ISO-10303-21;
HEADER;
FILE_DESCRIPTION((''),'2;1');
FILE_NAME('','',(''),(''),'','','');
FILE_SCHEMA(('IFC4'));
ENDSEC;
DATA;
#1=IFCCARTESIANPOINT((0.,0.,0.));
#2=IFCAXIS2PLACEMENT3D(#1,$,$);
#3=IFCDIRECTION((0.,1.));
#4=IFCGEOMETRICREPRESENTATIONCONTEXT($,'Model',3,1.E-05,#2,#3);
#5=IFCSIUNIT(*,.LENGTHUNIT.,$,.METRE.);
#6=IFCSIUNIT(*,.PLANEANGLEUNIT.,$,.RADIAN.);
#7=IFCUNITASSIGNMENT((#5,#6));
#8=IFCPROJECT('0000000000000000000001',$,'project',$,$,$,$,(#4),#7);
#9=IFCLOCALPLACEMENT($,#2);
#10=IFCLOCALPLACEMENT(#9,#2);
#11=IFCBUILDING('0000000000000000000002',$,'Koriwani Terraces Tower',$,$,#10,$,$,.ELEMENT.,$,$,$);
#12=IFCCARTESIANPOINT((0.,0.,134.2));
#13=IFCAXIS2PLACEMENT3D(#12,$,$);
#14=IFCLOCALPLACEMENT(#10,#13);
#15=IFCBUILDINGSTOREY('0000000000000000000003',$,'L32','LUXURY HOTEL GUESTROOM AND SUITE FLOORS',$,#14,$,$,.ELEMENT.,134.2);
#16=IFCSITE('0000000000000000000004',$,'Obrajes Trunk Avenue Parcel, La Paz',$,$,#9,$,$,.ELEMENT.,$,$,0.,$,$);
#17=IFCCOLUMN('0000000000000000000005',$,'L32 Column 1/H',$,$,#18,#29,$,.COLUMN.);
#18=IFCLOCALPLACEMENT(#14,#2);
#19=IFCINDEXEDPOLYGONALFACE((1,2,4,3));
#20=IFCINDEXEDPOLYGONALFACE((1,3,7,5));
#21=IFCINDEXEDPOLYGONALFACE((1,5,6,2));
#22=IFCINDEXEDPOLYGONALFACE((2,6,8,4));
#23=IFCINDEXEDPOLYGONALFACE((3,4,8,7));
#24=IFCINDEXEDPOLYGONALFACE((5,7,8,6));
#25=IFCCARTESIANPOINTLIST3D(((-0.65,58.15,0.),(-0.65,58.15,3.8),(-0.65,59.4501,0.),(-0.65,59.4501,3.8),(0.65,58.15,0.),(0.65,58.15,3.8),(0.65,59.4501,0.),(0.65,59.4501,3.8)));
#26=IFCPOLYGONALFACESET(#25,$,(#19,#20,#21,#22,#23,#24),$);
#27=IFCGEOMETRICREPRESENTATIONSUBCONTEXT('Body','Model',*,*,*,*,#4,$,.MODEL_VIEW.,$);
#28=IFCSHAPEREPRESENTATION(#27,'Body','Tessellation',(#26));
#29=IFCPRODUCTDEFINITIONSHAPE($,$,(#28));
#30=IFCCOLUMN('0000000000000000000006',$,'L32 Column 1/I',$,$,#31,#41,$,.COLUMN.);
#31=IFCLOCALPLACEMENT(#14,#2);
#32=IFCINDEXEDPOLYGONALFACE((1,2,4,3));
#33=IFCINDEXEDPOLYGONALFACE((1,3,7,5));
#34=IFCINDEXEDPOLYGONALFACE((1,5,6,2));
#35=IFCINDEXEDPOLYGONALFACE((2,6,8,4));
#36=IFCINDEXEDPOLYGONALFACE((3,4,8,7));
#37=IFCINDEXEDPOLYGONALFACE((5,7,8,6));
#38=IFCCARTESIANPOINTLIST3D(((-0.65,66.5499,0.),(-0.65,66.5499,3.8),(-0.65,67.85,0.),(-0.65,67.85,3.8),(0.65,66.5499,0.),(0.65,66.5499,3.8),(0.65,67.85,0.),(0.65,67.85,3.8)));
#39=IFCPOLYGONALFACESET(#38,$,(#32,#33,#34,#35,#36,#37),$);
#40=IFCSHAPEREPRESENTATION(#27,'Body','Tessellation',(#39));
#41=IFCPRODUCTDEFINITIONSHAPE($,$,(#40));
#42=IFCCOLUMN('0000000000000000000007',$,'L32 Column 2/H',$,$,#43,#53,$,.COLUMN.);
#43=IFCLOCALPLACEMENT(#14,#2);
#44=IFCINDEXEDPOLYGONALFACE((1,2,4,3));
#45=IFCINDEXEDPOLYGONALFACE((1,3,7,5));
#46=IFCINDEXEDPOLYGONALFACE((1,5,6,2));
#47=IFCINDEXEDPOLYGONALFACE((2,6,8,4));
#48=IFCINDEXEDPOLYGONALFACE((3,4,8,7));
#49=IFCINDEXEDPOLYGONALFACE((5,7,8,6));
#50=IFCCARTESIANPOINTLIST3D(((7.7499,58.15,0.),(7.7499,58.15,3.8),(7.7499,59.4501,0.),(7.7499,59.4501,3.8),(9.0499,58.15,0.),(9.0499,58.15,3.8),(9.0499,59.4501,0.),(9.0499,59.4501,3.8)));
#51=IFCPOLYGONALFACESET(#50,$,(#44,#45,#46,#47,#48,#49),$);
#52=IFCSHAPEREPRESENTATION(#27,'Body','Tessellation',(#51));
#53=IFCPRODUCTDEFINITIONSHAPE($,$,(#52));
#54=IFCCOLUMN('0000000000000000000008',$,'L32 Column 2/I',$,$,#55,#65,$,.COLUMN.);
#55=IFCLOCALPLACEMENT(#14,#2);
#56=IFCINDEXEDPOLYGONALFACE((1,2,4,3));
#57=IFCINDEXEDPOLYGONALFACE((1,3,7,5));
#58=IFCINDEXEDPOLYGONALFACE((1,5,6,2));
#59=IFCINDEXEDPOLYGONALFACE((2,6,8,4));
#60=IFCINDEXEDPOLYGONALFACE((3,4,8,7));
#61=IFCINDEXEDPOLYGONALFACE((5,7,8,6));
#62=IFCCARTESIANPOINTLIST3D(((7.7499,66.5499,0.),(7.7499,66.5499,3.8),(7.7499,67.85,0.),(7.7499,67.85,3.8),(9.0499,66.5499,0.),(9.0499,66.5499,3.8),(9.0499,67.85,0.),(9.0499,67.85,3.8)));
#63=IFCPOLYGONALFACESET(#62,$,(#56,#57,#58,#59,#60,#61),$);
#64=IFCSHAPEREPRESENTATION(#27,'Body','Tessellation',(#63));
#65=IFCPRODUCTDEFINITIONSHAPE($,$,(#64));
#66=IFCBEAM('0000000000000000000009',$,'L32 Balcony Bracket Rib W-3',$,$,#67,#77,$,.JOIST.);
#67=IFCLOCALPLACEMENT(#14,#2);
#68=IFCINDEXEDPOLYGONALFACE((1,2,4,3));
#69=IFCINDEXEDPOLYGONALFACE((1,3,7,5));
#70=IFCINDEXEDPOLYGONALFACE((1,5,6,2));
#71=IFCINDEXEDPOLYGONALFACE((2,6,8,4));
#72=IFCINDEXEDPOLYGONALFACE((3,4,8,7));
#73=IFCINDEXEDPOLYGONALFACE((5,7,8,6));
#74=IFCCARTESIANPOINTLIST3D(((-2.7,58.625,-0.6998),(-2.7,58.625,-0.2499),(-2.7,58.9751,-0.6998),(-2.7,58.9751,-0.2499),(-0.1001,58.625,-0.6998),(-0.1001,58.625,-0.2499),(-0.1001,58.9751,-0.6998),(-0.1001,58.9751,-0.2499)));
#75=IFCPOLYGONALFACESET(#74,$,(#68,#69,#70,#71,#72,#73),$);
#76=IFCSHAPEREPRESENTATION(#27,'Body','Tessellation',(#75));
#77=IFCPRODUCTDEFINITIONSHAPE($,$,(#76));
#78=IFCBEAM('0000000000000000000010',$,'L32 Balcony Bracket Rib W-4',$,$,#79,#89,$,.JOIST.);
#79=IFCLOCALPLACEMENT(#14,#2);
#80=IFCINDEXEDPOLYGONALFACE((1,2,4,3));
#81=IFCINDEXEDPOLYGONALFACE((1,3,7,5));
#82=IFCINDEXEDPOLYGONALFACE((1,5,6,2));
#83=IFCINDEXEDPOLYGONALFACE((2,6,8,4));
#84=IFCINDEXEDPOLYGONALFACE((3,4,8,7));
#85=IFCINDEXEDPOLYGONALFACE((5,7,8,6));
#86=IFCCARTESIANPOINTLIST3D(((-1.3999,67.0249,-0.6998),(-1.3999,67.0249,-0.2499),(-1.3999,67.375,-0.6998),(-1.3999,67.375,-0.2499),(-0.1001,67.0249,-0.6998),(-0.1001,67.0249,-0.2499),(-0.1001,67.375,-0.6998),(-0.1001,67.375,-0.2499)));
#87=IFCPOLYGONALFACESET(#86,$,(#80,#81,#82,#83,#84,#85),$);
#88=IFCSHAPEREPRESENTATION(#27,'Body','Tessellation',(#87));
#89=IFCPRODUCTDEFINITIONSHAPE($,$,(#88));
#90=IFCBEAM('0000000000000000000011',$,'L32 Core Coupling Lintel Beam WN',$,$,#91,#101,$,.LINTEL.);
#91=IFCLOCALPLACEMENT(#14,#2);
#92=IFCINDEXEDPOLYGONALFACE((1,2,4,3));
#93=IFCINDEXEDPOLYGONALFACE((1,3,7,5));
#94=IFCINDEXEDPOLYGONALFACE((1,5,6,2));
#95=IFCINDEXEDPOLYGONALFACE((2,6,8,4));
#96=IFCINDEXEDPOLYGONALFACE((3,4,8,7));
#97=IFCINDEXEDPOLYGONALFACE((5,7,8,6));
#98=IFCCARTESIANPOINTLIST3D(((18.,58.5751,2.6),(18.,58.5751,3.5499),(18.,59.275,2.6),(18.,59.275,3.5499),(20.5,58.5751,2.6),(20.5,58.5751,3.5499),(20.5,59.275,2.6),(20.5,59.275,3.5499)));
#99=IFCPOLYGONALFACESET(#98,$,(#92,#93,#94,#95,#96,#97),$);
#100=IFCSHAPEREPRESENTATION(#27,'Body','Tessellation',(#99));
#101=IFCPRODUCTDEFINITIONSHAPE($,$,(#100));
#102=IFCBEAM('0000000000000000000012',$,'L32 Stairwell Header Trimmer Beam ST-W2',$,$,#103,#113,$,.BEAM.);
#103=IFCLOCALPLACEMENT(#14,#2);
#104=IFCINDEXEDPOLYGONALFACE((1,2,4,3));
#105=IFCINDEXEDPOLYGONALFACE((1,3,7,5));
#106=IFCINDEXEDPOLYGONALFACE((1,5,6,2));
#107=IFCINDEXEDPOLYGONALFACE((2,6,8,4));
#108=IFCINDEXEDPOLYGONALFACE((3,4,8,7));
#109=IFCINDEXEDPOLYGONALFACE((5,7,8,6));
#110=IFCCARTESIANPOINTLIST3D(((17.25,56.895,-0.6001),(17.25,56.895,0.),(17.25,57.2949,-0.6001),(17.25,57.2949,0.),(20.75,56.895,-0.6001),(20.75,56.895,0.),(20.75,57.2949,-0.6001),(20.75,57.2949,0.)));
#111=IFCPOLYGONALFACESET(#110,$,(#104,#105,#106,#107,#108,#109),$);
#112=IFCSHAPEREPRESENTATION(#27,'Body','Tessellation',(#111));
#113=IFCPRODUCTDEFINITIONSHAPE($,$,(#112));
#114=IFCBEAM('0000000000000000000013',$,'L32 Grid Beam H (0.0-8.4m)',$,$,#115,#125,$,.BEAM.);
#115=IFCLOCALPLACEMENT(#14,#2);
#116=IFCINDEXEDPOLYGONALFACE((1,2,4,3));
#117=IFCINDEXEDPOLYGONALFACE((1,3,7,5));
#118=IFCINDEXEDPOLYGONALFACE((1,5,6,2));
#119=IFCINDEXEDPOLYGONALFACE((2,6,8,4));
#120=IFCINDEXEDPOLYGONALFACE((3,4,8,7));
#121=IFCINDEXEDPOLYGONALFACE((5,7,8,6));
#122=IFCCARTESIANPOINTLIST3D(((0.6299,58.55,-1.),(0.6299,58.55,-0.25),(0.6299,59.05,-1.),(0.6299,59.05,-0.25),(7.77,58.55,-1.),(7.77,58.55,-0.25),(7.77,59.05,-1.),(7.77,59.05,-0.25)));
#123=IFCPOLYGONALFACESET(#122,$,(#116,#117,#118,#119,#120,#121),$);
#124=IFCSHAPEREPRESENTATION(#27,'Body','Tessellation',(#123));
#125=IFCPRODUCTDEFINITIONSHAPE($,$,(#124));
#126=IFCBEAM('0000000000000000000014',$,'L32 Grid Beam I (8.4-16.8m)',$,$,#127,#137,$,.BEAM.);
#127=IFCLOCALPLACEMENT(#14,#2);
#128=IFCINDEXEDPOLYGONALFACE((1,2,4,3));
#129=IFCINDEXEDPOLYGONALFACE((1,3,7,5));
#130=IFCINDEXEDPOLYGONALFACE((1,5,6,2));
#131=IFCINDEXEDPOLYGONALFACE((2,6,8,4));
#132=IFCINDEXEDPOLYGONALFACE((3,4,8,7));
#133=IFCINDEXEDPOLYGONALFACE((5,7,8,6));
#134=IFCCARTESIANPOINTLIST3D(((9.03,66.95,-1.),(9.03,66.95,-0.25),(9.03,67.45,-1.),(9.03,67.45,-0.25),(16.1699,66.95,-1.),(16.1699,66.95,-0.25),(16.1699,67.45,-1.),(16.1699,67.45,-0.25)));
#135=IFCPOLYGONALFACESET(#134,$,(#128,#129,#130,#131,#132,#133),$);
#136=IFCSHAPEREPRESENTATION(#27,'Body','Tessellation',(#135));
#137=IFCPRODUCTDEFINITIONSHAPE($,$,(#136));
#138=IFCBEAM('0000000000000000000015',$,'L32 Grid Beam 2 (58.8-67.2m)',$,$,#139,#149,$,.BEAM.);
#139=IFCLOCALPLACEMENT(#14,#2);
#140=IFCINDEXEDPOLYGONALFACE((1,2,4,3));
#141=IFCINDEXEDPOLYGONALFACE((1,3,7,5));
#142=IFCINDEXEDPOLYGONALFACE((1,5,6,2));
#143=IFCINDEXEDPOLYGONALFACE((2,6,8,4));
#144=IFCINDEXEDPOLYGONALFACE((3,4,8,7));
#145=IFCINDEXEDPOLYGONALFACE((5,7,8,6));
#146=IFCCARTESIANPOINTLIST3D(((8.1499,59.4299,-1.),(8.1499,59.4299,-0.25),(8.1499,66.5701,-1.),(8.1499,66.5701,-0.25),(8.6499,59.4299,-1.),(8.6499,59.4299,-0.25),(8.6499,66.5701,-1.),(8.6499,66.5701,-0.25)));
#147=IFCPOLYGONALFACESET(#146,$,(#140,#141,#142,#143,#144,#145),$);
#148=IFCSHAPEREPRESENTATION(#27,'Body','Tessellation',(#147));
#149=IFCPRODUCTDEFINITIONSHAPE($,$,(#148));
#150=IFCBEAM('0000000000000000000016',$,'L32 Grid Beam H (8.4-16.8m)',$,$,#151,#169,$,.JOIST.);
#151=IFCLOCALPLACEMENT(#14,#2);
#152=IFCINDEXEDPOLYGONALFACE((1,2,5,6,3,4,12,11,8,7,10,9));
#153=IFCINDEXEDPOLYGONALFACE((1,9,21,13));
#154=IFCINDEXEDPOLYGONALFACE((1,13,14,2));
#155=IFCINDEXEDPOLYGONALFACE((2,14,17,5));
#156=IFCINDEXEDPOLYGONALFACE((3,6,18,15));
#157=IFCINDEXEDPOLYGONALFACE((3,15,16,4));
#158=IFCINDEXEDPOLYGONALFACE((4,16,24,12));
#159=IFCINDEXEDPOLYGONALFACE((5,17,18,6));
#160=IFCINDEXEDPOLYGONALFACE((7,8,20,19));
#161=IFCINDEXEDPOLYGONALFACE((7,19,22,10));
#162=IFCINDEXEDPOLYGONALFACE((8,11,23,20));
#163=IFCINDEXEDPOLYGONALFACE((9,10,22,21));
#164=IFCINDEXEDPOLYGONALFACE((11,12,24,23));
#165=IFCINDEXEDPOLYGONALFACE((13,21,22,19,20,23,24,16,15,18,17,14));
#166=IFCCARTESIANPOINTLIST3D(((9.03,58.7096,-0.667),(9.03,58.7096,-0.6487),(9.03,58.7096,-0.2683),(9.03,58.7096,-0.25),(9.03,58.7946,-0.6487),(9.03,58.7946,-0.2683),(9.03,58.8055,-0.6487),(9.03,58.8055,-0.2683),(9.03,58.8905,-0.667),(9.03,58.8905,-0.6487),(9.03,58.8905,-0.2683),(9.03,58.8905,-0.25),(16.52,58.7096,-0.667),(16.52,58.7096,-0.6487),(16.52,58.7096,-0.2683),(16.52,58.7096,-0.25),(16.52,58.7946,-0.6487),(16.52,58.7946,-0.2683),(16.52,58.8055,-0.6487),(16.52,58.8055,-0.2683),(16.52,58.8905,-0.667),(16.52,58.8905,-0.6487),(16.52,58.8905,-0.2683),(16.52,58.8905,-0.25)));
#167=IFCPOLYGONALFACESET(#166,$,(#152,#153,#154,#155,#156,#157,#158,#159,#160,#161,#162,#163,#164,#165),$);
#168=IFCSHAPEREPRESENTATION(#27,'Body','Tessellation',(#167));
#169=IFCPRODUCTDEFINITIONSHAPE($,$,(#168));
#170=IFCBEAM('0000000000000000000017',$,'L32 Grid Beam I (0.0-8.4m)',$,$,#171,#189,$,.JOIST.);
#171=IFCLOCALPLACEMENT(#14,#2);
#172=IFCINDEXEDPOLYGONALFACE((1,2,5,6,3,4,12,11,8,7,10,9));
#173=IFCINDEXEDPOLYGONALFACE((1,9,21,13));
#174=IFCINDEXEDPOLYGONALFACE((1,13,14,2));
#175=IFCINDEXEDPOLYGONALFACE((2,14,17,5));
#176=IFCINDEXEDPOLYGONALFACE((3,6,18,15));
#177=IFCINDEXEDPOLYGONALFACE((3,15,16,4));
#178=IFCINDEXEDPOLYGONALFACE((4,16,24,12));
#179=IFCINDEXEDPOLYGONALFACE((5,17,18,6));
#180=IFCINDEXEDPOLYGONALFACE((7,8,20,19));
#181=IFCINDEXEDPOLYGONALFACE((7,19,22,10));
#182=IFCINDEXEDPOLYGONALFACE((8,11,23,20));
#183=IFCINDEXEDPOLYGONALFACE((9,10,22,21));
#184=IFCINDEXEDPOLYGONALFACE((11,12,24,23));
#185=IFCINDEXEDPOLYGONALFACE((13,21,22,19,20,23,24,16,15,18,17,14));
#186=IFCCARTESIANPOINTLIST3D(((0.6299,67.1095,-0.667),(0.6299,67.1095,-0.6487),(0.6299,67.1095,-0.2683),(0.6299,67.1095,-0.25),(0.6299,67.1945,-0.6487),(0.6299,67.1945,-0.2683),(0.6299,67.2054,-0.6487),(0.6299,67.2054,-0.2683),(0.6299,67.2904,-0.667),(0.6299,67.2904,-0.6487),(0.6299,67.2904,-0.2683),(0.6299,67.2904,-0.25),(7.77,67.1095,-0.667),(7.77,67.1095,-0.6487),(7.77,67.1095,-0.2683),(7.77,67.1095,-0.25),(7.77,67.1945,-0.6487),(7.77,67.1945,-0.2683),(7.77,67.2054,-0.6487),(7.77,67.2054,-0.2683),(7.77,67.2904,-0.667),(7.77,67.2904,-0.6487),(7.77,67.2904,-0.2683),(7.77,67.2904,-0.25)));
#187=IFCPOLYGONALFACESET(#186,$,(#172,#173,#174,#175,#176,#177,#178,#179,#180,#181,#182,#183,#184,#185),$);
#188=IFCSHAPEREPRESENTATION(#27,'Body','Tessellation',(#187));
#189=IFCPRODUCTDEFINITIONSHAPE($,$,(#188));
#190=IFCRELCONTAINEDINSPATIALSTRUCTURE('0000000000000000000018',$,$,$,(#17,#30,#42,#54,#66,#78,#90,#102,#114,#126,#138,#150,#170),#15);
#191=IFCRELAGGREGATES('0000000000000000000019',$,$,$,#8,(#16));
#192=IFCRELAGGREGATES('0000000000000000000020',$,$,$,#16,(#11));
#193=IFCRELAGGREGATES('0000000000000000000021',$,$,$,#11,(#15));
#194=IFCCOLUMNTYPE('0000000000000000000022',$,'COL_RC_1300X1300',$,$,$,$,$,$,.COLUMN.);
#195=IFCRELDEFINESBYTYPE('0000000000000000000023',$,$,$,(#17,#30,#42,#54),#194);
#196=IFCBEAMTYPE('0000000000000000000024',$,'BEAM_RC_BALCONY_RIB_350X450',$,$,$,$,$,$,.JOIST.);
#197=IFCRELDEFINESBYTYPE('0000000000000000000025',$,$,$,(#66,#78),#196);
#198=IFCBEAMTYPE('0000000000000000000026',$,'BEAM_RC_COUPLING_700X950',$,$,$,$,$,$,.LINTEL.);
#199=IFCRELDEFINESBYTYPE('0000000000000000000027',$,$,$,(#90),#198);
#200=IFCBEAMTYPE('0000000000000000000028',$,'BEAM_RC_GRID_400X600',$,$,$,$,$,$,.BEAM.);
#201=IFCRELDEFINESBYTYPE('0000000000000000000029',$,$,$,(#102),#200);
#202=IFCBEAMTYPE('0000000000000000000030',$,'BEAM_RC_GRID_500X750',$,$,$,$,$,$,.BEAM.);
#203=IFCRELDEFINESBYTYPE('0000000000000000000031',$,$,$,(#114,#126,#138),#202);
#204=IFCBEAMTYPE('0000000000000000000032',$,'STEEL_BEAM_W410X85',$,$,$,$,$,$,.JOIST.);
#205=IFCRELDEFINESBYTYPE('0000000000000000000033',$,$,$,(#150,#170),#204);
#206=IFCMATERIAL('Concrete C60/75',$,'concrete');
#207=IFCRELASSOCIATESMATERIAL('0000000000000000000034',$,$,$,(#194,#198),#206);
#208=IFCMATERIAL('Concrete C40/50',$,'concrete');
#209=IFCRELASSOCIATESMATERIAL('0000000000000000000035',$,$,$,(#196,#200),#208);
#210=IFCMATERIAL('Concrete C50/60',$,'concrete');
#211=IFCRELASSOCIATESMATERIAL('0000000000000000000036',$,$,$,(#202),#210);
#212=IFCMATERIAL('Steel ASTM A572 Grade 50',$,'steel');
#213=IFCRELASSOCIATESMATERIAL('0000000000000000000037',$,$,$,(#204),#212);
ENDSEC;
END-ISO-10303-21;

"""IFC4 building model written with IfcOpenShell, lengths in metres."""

from ifc_helpers import new_model, si_unit, direction, frame, origin, origin_2d, place, context, subcontext, project, spatial, rectangle, i_section, extrude, material, material_profile, profile_set, type_object, element, save


model = new_model("IFC4")

# Units and contexts
model_context = context("Model", 3, precision=1e-05, world=origin(), true_north=direction((0.0, 1.0)))
body_context = subcontext(model_context, "Body", "Model", "MODEL_VIEW")
ifc_project = project(units=[si_unit("LENGTHUNIT", "METRE"), si_unit("PLANEANGLEUNIT", "RADIAN")], contexts=[model_context])

# Site, building, storey
site_placement = place(None, origin())
site = spatial("IfcSite", under=ifc_project, at=site_placement, Name="Obrajes Trunk Avenue Parcel, La Paz", CompositionType="ELEMENT", RefElevation=0.0)
building_placement = place(site_placement, origin())
building = spatial("IfcBuilding", under=site, at=building_placement, Name="Koriwani Terraces Tower", CompositionType="ELEMENT")
storey_placement = place(building_placement, frame((0.0, 0.0, 134.2)))
storey = spatial("IfcBuildingStorey", under=building, at=storey_placement, Name="L32", Description="LUXURY HOTEL GUESTROOM AND SUITE FLOORS", CompositionType="ELEMENT", Elevation=134.2)

# Columns
ifc_material_1 = material(Name="Concrete C60/75", Category="concrete")
ifc_material_profile_1 = material_profile(ifc_material_1, rectangle(XDim=1.3, YDim=1.3, at=origin_2d()), Name="Concrete C60/75", Category="LoadBearing")
ifc_profile_set_1 = profile_set([ifc_material_profile_1], Name="Concrete C60/75")
column_type = type_object("IfcColumnType", Name="COL_RC_1300X1300", PredefinedType="COLUMN", material=ifc_profile_set_1)
for number, where, z_axis, x_axis, name in (
    (1, (0.0, 58.8, 0.0), (0.0, 0.0, 1.0), (1.0, 0.0, 0.0), "L32 Column 1/H"),
    (2, (0.0, 67.2, 0.0), (0.0, 0.0, 1.0), (1.0, 0.0, 0.0), "L32 Column 1/I"),
    (3, (8.3999, 58.8, 0.0), (0.0, 0.0, 1.0), (1.0, 0.0, 0.0), "L32 Column 2/H"),
    (4, (8.3999, 67.2, 0.0), (0.0, 0.0, 1.0), (1.0, 0.0, 0.0), "L32 Column 2/I"),
):
    element("IfcColumn", number, at=place(storey_placement, frame(where, z_axis=z_axis, x_axis=x_axis)), inside=storey, type_object=column_type, Name=name, PredefinedType="COLUMN", context=body_context, shape_type="SweptSolid", body=[
        extrude(rectangle(XDim=1.3, YDim=1.3, at=origin_2d()), origin(), (0.0, 0.0, 1.0), 3.8),
    ])

# Beams
ifc_material_2 = material(Name="Concrete C40/50", Category="concrete")
ifc_material_profile_2 = material_profile(ifc_material_2, rectangle(XDim=0.3501, YDim=0.45, at=origin_2d()), Name="Concrete C40/50", Category="LoadBearing")
ifc_profile_set_2 = profile_set([ifc_material_profile_2], Name="Concrete C40/50")
beam_type_1 = type_object("IfcBeamType", Name="BEAM_RC_BALCONY_RIB_350X450", PredefinedType="JOIST", material=ifc_profile_set_2)
beam_1_placement = place(storey_placement, frame((-2.7, 58.8, -0.4749), z_axis=(1.0, 0.0, 0.0), x_axis=(0.0, 1.0, 0.0)))
element("IfcBeam", 5, at=beam_1_placement, inside=storey, type_object=beam_type_1, Name="L32 Balcony Bracket Rib W-3", PredefinedType="JOIST", context=body_context, shape_type="SweptSolid", body=[
    extrude(rectangle(XDim=0.3501, YDim=0.45, at=origin_2d()), origin(), (0.0, 0.0, 1.0), 2.5999),
])
beam_2_placement = place(storey_placement, frame((-1.3999, 67.2, -0.4749), z_axis=(1.0, 0.0, 0.0), x_axis=(0.0, 1.0, 0.0)))
element("IfcBeam", 6, at=beam_2_placement, inside=storey, type_object=beam_type_1, Name="L32 Balcony Bracket Rib W-4", PredefinedType="JOIST", context=body_context, shape_type="SweptSolid", body=[
    extrude(rectangle(XDim=0.3501, YDim=0.45, at=origin_2d()), origin(), (0.0, 0.0, 1.0), 1.2998),
])
ifc_material_profile_3 = material_profile(ifc_material_1, rectangle(XDim=0.7, YDim=0.95, at=origin_2d()), Name="Concrete C60/75", Category="LoadBearing")
ifc_profile_set_3 = profile_set([ifc_material_profile_3], Name="Concrete C60/75")
beam_type_2 = type_object("IfcBeamType", Name="BEAM_RC_COUPLING_700X950", PredefinedType="LINTEL", material=ifc_profile_set_3)
beam_3_placement = place(storey_placement, frame((18.0, 58.925, 3.075), z_axis=(1.0, 0.0, 0.0), x_axis=(0.0, 1.0, 0.0)))
element("IfcBeam", 7, at=beam_3_placement, inside=storey, type_object=beam_type_2, Name="L32 Core Coupling Lintel Beam WN", PredefinedType="LINTEL", context=body_context, shape_type="SweptSolid", body=[
    extrude(rectangle(XDim=0.7, YDim=0.95, at=origin_2d()), origin(), (0.0, 0.0, 1.0), 2.5),
])
ifc_material_profile_4 = material_profile(ifc_material_2, rectangle(XDim=0.3999, YDim=0.6001, at=origin_2d()), Name="Concrete C40/50", Category="LoadBearing")
ifc_profile_set_4 = profile_set([ifc_material_profile_4], Name="Concrete C40/50")
beam_type_3 = type_object("IfcBeamType", Name="BEAM_RC_GRID_400X600", PredefinedType="BEAM", material=ifc_profile_set_4)
beam_4_placement = place(storey_placement, frame((17.25, 57.095, -0.3), z_axis=(1.0, 0.0, 0.0), x_axis=(0.0, 1.0, 0.0)))
element("IfcBeam", 8, at=beam_4_placement, inside=storey, type_object=beam_type_3, Name="L32 Stairwell Header Trimmer Beam ST-W2", PredefinedType="BEAM", context=body_context, shape_type="SweptSolid", body=[
    extrude(rectangle(XDim=0.3999, YDim=0.6001, at=origin_2d()), origin(), (0.0, 0.0, 1.0), 3.5),
])
ifc_material_3 = material(Name="Concrete C50/60", Category="concrete")
ifc_material_profile_5 = material_profile(ifc_material_3, rectangle(XDim=0.5, YDim=0.75, at=origin_2d()), Name="Concrete C50/60", Category="LoadBearing")
ifc_profile_set_5 = profile_set([ifc_material_profile_5], Name="Concrete C50/60")
beam_type_4 = type_object("IfcBeamType", Name="BEAM_RC_GRID_500X750", PredefinedType="BEAM", material=ifc_profile_set_5)
beam_5_placement = place(storey_placement, frame((0.6299, 58.8, -0.625), z_axis=(1.0, 0.0, 0.0), x_axis=(0.0, 1.0, 0.0)))
element("IfcBeam", 9, at=beam_5_placement, inside=storey, type_object=beam_type_4, Name="L32 Grid Beam H (0.0-8.4m)", PredefinedType="BEAM", context=body_context, shape_type="SweptSolid", body=[
    extrude(rectangle(XDim=0.5, YDim=0.75, at=origin_2d()), origin(), (0.0, 0.0, 1.0), 7.1401),
])
beam_6_placement = place(storey_placement, frame((9.03, 67.2, -0.625), z_axis=(1.0, 0.0, 0.0), x_axis=(0.0, 1.0, 0.0)))
element("IfcBeam", 10, at=beam_6_placement, inside=storey, type_object=beam_type_4, Name="L32 Grid Beam I (8.4-16.8m)", PredefinedType="BEAM", context=body_context, shape_type="SweptSolid", body=[
    extrude(rectangle(XDim=0.5, YDim=0.75, at=origin_2d()), origin(), (0.0, 0.0, 1.0), 7.1399),
])
beam_7_placement = place(storey_placement, frame((8.3999, 59.4299, -0.625), z_axis=(0.0, 1.0, 0.0), x_axis=(-1.0, 0.0, 0.0)))
element("IfcBeam", 11, at=beam_7_placement, inside=storey, type_object=beam_type_4, Name="L32 Grid Beam 2 (58.8-67.2m)", PredefinedType="BEAM", context=body_context, shape_type="SweptSolid", body=[
    extrude(rectangle(XDim=0.5, YDim=0.75, at=origin_2d()), origin(), (0.0, 0.0, 1.0), 7.1401),
])
ifc_material_4 = material(Name="Steel ASTM A572 Grade 50", Category="steel")
ifc_material_profile_6 = material_profile(ifc_material_4, i_section(OverallWidth=0.1809, OverallDepth=0.417, WebThickness=0.011, FlangeThickness=0.0183, at=origin_2d()), Name="Steel ASTM A572 Grade 50", Category="LoadBearing")
ifc_profile_set_6 = profile_set([ifc_material_profile_6], Name="Steel ASTM A572 Grade 50")
beam_type_5 = type_object("IfcBeamType", Name="STEEL_BEAM_W410X85", PredefinedType="JOIST", material=ifc_profile_set_6)
beam_8_placement = place(storey_placement, frame((9.03, 58.8, -0.4585), z_axis=(1.0, 0.0, 0.0), x_axis=(0.0, 1.0, 0.0)))
element("IfcBeam", 12, at=beam_8_placement, inside=storey, type_object=beam_type_5, Name="L32 Grid Beam H (8.4-16.8m)", PredefinedType="JOIST", context=body_context, shape_type="SweptSolid", body=[
    extrude(i_section(OverallWidth=0.1809, OverallDepth=0.417, WebThickness=0.011, FlangeThickness=0.0183, at=origin_2d()), origin(), (0.0, 0.0, 1.0), 7.49),
])
beam_9_placement = place(storey_placement, frame((0.6299, 67.2, -0.4585), z_axis=(1.0, 0.0, 0.0), x_axis=(0.0, 1.0, 0.0)))
element("IfcBeam", 13, at=beam_9_placement, inside=storey, type_object=beam_type_5, Name="L32 Grid Beam I (0.0-8.4m)", PredefinedType="JOIST", context=body_context, shape_type="SweptSolid", body=[
    extrude(i_section(OverallWidth=0.1809, OverallDepth=0.417, WebThickness=0.011, FlangeThickness=0.0183, at=origin_2d()), origin(), (0.0, 0.0, 1.0), 7.1401),
])

save(model, "model.ifc")
